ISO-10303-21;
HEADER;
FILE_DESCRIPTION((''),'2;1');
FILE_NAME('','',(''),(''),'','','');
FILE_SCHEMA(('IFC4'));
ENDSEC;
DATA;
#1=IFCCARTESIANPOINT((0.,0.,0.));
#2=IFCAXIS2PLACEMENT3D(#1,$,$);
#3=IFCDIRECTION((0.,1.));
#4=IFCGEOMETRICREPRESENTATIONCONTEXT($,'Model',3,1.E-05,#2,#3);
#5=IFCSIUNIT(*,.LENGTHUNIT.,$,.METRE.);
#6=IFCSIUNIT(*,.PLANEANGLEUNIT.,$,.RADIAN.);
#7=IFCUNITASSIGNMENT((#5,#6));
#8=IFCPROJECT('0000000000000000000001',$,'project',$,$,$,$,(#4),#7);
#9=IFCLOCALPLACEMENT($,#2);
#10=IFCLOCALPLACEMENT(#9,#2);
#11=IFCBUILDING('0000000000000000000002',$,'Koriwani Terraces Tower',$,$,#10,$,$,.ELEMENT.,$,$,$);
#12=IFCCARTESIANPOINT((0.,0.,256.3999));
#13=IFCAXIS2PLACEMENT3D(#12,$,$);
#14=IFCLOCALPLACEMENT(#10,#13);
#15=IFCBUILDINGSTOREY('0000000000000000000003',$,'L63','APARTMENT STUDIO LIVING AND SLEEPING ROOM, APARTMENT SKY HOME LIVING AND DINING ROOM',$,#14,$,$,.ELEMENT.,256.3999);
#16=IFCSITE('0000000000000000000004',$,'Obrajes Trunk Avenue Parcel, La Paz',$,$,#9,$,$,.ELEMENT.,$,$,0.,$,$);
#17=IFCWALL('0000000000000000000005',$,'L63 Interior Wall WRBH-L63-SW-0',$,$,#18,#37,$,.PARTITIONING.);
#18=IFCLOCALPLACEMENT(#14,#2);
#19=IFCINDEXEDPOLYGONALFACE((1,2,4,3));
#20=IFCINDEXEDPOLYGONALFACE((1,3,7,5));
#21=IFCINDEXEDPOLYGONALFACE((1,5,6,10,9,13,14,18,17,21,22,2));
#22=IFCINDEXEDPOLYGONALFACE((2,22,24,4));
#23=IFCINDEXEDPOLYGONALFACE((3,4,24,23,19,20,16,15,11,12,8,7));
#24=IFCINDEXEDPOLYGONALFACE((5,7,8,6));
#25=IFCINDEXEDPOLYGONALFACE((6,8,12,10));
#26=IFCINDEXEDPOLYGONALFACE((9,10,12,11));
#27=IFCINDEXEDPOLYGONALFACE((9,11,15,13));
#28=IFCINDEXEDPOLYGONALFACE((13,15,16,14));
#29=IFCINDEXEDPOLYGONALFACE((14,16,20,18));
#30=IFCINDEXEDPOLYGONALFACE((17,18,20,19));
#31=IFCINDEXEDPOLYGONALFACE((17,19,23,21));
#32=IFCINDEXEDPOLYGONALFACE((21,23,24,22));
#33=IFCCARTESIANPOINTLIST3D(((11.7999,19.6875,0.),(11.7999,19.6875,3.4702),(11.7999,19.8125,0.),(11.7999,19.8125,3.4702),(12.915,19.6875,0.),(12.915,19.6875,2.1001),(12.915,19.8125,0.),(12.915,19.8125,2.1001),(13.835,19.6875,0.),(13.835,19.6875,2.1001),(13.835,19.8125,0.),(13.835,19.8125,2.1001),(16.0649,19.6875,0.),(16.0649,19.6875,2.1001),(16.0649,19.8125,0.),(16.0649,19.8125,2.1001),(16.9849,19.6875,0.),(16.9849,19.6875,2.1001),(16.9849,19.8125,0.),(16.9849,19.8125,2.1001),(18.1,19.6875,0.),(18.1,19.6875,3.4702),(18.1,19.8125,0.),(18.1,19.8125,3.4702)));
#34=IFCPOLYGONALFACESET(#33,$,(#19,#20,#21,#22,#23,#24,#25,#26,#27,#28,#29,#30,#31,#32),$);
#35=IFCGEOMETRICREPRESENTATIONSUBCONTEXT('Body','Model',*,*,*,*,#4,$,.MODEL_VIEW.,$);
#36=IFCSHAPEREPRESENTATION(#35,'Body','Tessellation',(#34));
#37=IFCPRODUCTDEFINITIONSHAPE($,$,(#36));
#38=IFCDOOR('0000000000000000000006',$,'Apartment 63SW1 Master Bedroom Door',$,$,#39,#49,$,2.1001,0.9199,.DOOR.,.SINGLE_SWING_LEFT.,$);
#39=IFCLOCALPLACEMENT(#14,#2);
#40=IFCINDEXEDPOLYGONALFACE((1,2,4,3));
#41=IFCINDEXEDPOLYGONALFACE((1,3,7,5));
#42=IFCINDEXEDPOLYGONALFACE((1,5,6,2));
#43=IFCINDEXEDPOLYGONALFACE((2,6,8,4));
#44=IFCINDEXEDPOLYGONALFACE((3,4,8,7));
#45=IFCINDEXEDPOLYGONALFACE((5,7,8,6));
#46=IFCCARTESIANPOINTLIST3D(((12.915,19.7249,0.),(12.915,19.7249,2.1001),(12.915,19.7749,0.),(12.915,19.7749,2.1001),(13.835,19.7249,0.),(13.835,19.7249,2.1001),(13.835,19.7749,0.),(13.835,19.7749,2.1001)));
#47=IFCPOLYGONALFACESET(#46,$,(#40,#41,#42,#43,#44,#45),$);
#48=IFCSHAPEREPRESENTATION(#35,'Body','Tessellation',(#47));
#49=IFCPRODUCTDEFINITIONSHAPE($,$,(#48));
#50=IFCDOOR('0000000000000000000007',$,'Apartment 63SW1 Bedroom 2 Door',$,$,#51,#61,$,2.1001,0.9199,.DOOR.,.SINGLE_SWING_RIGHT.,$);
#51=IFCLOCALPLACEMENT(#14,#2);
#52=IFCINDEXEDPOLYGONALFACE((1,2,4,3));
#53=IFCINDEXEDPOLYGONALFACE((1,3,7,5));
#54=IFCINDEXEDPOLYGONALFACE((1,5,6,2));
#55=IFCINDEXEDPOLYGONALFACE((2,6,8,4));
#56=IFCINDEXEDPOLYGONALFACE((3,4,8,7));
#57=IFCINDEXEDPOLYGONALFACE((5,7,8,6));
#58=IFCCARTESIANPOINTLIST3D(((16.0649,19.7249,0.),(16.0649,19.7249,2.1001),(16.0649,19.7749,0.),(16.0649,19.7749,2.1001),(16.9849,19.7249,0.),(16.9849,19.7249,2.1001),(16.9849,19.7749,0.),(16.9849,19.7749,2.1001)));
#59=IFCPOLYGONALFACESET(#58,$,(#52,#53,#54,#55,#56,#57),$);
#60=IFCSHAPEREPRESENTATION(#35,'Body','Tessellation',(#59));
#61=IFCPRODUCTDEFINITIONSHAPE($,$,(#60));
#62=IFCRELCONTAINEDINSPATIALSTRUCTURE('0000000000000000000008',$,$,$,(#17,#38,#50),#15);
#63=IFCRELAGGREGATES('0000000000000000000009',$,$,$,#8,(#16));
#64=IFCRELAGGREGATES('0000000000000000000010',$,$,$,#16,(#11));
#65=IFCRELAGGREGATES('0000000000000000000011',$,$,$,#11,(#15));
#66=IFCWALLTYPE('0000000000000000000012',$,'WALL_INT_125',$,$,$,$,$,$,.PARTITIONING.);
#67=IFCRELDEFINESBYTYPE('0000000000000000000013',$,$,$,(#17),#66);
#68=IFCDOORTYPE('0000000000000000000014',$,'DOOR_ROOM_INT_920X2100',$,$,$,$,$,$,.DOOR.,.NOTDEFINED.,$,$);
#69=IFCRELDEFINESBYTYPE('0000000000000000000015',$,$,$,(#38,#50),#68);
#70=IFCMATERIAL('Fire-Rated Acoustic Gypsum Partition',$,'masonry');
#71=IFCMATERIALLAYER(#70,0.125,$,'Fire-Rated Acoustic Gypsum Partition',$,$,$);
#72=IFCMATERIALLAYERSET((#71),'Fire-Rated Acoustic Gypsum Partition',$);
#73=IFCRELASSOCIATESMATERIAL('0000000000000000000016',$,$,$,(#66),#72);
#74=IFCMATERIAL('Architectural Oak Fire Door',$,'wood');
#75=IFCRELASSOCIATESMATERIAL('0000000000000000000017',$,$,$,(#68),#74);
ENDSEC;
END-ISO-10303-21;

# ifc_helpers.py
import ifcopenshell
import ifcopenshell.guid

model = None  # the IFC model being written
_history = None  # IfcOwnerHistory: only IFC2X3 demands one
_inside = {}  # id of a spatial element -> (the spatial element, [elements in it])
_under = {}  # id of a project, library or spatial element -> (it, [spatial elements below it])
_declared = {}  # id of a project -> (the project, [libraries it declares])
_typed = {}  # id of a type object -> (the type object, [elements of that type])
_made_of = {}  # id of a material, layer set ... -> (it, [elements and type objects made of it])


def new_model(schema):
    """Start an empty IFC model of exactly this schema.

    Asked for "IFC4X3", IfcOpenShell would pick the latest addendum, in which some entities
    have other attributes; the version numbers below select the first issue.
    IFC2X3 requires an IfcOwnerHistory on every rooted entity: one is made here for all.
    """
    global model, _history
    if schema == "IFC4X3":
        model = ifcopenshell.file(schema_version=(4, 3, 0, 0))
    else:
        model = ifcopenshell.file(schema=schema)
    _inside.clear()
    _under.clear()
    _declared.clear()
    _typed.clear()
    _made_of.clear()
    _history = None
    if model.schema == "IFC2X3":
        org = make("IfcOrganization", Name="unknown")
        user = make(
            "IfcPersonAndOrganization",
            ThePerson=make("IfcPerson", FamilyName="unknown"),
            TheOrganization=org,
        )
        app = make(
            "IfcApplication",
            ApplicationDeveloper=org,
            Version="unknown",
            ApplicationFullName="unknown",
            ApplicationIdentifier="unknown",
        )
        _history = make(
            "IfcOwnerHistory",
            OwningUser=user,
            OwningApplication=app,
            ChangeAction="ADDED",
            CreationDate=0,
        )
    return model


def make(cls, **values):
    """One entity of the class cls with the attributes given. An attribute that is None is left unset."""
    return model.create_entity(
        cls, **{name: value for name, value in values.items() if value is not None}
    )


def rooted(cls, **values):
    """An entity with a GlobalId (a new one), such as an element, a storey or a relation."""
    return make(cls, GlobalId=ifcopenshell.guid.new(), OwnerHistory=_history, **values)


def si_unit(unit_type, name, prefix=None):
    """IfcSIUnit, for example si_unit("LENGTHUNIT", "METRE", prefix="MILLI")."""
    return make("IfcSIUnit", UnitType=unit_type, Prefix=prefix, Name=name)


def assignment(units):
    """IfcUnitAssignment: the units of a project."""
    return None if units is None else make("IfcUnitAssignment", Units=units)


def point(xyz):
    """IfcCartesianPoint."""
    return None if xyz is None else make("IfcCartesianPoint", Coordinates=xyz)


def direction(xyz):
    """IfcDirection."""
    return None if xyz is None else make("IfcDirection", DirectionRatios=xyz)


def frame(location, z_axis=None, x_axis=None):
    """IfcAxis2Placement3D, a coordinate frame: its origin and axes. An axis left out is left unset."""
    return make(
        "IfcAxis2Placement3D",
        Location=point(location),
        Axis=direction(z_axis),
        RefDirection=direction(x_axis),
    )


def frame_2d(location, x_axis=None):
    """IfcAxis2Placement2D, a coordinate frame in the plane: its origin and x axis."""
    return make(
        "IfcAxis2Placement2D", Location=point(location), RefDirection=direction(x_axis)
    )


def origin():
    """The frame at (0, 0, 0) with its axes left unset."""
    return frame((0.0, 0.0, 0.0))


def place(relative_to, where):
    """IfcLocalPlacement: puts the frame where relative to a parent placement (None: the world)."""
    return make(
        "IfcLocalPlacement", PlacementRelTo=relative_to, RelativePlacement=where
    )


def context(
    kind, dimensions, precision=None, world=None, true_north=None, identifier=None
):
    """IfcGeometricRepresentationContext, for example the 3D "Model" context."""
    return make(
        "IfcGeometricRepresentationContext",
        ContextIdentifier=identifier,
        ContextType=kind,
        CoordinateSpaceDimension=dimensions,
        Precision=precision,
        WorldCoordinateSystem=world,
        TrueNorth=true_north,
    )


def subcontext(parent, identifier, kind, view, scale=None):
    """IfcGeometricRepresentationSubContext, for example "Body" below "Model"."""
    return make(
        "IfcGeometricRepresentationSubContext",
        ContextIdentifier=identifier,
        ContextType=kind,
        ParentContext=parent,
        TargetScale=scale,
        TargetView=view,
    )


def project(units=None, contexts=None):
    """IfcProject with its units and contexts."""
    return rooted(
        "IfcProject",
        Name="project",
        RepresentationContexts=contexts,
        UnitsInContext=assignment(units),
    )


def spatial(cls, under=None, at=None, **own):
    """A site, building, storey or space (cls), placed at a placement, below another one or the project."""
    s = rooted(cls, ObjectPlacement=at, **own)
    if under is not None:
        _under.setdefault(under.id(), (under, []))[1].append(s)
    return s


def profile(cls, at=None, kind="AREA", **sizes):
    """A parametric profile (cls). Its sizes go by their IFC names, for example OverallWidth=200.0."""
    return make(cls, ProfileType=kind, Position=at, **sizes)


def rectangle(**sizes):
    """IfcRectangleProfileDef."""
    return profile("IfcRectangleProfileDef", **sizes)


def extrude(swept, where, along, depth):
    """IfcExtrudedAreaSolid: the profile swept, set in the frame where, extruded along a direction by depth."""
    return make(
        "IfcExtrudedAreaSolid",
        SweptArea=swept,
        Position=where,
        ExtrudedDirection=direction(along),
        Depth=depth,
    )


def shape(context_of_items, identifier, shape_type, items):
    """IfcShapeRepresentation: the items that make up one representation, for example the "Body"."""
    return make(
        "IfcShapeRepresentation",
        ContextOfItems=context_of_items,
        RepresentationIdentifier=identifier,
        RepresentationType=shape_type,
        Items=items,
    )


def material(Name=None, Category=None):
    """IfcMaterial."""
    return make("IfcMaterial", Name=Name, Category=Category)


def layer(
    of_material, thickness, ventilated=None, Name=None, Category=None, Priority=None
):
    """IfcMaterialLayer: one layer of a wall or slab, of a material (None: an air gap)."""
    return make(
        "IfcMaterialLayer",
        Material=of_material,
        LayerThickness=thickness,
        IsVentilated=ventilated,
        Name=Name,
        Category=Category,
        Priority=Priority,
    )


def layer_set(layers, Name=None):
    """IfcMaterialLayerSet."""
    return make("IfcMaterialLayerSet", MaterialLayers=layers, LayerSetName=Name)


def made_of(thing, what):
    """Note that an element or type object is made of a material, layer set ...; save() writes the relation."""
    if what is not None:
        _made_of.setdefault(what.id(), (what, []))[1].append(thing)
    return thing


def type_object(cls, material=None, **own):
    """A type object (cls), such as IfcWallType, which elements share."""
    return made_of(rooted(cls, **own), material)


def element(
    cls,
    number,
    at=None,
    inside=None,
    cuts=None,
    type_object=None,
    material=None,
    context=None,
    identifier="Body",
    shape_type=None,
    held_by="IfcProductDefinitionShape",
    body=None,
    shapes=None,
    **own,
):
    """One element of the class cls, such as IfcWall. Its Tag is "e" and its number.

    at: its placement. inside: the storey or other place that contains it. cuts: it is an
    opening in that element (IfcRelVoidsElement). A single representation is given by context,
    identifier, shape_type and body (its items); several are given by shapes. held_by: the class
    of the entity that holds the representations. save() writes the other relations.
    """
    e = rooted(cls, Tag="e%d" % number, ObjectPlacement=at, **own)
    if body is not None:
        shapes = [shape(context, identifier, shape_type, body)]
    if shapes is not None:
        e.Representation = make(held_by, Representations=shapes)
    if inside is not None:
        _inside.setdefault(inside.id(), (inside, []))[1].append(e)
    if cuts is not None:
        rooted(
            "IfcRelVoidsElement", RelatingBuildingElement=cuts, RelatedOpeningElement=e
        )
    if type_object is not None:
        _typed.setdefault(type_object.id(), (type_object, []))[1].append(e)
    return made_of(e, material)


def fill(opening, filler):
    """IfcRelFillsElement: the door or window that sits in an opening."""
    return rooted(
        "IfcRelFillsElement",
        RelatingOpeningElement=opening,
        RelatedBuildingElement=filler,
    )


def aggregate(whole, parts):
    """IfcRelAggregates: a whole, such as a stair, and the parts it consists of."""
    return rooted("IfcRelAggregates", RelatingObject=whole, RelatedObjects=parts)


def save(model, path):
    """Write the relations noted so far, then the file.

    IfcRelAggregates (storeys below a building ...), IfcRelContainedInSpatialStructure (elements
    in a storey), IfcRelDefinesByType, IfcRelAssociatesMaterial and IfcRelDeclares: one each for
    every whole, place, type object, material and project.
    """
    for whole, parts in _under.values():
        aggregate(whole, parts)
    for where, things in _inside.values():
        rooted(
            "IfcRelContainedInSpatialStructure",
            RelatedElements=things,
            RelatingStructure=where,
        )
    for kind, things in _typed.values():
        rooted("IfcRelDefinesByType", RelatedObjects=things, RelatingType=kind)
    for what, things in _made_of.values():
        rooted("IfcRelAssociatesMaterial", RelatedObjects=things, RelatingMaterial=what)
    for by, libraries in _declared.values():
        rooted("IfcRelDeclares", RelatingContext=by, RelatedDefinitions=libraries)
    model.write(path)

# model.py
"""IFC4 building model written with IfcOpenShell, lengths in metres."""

from ifc_helpers import new_model, si_unit, direction, frame, frame_2d, origin, place, context, subcontext, project, spatial, rectangle, extrude, material, layer, layer_set, type_object, element, fill, save


model = new_model("IFC4")

# Units and contexts
model_context = context("Model", 3, precision=1e-05, world=origin(), true_north=direction((0.0, 1.0)))
body_context = subcontext(model_context, "Body", "Model", "MODEL_VIEW")
ifc_project = project(units=[si_unit("LENGTHUNIT", "METRE"), si_unit("PLANEANGLEUNIT", "RADIAN")], contexts=[model_context])

# Site, building, storey
site_placement = place(None, origin())
site = spatial("IfcSite", under=ifc_project, at=site_placement, Name="Obrajes Trunk Avenue Parcel, La Paz", CompositionType="ELEMENT", RefElevation=0.0)
building_placement = place(site_placement, origin())
building = spatial("IfcBuilding", under=site, at=building_placement, Name="Koriwani Terraces Tower", CompositionType="ELEMENT")
storey_placement = place(building_placement, frame((0.0, 0.0, 256.3999)))
storey = spatial("IfcBuildingStorey", under=building, at=storey_placement, Name="L63", Description="APARTMENT STUDIO LIVING AND SLEEPING ROOM, APARTMENT SKY HOME LIVING AND DINING ROOM", CompositionType="ELEMENT", Elevation=256.3999)

# Wall, openings, doors
ifc_material_1 = material(Name="Fire-Rated Acoustic Gypsum Partition", Category="masonry")
ifc_layer_1 = layer(ifc_material_1, 0.125, Name="Fire-Rated Acoustic Gypsum Partition")
ifc_layer_set_1 = layer_set([ifc_layer_1], Name="Fire-Rated Acoustic Gypsum Partition")
wall_type_1 = type_object("IfcWallType", Name="WALL_INT_125", PredefinedType="PARTITIONING", material=ifc_layer_set_1)
wall_1_placement = place(storey_placement, frame((11.8, 19.75, 0.0), z_axis=(0.0, 0.0, 1.0), x_axis=(1.0, 0.0, 0.0)))
wall_1 = element("IfcWall", 1, at=wall_1_placement, inside=storey, type_object=wall_type_1, Name="L63 Interior Wall WRBH-L63-SW-0", PredefinedType="PARTITIONING", context=body_context, shape_type="SweptSolid", body=[
    extrude(rectangle(XDim=6.3, YDim=0.125, at=frame_2d((3.1499, 0.0))), origin(), (0.0, 0.0, 1.0), 3.4702),
])
opening_1_placement = place(wall_1_placement, frame((1.115, 0.0, 0.0)))
opening_1 = element("IfcOpeningElement", 2, at=opening_1_placement, cuts=wall_1, PredefinedType="OPENING", context=body_context, shape_type="SweptSolid", body=[
    extrude(rectangle(XDim=0.9199, YDim=2.1001, at=frame_2d((0.46, 1.05))), frame((0.0, 0.0725, 0.0), z_axis=(0.0, -1.0, 0.0), x_axis=(1.0, 0.0, 0.0)), (0.0, 0.0, 1.0), 0.145),
])
opening_2_placement = place(wall_1_placement, frame((4.2649, 0.0, 0.0)))
opening_2 = element("IfcOpeningElement", 3, at=opening_2_placement, cuts=wall_1, PredefinedType="OPENING", context=body_context, shape_type="SweptSolid", body=[
    extrude(rectangle(XDim=0.9199, YDim=2.1001, at=frame_2d((0.46, 1.05))), frame((0.0, 0.0725, 0.0), z_axis=(0.0, -1.0, 0.0), x_axis=(1.0, 0.0, 0.0)), (0.0, 0.0, 1.0), 0.145),
])
ifc_material_2 = material(Name="Architectural Oak Fire Door", Category="wood")
door_type_1 = type_object("IfcDoorType", Name="DOOR_ROOM_INT_920X2100", OperationType="NOTDEFINED", PredefinedType="DOOR", material=ifc_material_2)
door_1_placement = place(opening_1_placement, origin())
door_1 = element("IfcDoor", 4, at=door_1_placement, inside=storey, type_object=door_type_1, Name="Apartment 63SW1 Master Bedroom Door", OperationType="SINGLE_SWING_LEFT", OverallHeight=2.1001, OverallWidth=0.9199, PredefinedType="DOOR", context=body_context, shape_type="SweptSolid", body=[
    extrude(rectangle(XDim=0.9199, YDim=2.1001, at=frame_2d((0.46, 1.05))), frame((0.0, 0.0249, 0.0), z_axis=(0.0, -1.0, 0.0), x_axis=(1.0, 0.0, 0.0)), (0.0, 0.0, 1.0), 0.05),
])
fill(opening_1, door_1)
door_2_placement = place(opening_2_placement, origin())
door_2 = element("IfcDoor", 5, at=door_2_placement, inside=storey, type_object=door_type_1, Name="Apartment 63SW1 Bedroom 2 Door", OperationType="SINGLE_SWING_RIGHT", OverallHeight=2.1001, OverallWidth=0.9199, PredefinedType="DOOR", context=body_context, shape_type="SweptSolid", body=[
    extrude(rectangle(XDim=0.9199, YDim=2.1001, at=frame_2d((0.46, 1.05))), frame((0.0, 0.0249, 0.0), z_axis=(0.0, -1.0, 0.0), x_axis=(1.0, 0.0, 0.0)), (0.0, 0.0, 1.0), 0.05),
])
fill(opening_2, door_2)

save(model, "model.ifc")
